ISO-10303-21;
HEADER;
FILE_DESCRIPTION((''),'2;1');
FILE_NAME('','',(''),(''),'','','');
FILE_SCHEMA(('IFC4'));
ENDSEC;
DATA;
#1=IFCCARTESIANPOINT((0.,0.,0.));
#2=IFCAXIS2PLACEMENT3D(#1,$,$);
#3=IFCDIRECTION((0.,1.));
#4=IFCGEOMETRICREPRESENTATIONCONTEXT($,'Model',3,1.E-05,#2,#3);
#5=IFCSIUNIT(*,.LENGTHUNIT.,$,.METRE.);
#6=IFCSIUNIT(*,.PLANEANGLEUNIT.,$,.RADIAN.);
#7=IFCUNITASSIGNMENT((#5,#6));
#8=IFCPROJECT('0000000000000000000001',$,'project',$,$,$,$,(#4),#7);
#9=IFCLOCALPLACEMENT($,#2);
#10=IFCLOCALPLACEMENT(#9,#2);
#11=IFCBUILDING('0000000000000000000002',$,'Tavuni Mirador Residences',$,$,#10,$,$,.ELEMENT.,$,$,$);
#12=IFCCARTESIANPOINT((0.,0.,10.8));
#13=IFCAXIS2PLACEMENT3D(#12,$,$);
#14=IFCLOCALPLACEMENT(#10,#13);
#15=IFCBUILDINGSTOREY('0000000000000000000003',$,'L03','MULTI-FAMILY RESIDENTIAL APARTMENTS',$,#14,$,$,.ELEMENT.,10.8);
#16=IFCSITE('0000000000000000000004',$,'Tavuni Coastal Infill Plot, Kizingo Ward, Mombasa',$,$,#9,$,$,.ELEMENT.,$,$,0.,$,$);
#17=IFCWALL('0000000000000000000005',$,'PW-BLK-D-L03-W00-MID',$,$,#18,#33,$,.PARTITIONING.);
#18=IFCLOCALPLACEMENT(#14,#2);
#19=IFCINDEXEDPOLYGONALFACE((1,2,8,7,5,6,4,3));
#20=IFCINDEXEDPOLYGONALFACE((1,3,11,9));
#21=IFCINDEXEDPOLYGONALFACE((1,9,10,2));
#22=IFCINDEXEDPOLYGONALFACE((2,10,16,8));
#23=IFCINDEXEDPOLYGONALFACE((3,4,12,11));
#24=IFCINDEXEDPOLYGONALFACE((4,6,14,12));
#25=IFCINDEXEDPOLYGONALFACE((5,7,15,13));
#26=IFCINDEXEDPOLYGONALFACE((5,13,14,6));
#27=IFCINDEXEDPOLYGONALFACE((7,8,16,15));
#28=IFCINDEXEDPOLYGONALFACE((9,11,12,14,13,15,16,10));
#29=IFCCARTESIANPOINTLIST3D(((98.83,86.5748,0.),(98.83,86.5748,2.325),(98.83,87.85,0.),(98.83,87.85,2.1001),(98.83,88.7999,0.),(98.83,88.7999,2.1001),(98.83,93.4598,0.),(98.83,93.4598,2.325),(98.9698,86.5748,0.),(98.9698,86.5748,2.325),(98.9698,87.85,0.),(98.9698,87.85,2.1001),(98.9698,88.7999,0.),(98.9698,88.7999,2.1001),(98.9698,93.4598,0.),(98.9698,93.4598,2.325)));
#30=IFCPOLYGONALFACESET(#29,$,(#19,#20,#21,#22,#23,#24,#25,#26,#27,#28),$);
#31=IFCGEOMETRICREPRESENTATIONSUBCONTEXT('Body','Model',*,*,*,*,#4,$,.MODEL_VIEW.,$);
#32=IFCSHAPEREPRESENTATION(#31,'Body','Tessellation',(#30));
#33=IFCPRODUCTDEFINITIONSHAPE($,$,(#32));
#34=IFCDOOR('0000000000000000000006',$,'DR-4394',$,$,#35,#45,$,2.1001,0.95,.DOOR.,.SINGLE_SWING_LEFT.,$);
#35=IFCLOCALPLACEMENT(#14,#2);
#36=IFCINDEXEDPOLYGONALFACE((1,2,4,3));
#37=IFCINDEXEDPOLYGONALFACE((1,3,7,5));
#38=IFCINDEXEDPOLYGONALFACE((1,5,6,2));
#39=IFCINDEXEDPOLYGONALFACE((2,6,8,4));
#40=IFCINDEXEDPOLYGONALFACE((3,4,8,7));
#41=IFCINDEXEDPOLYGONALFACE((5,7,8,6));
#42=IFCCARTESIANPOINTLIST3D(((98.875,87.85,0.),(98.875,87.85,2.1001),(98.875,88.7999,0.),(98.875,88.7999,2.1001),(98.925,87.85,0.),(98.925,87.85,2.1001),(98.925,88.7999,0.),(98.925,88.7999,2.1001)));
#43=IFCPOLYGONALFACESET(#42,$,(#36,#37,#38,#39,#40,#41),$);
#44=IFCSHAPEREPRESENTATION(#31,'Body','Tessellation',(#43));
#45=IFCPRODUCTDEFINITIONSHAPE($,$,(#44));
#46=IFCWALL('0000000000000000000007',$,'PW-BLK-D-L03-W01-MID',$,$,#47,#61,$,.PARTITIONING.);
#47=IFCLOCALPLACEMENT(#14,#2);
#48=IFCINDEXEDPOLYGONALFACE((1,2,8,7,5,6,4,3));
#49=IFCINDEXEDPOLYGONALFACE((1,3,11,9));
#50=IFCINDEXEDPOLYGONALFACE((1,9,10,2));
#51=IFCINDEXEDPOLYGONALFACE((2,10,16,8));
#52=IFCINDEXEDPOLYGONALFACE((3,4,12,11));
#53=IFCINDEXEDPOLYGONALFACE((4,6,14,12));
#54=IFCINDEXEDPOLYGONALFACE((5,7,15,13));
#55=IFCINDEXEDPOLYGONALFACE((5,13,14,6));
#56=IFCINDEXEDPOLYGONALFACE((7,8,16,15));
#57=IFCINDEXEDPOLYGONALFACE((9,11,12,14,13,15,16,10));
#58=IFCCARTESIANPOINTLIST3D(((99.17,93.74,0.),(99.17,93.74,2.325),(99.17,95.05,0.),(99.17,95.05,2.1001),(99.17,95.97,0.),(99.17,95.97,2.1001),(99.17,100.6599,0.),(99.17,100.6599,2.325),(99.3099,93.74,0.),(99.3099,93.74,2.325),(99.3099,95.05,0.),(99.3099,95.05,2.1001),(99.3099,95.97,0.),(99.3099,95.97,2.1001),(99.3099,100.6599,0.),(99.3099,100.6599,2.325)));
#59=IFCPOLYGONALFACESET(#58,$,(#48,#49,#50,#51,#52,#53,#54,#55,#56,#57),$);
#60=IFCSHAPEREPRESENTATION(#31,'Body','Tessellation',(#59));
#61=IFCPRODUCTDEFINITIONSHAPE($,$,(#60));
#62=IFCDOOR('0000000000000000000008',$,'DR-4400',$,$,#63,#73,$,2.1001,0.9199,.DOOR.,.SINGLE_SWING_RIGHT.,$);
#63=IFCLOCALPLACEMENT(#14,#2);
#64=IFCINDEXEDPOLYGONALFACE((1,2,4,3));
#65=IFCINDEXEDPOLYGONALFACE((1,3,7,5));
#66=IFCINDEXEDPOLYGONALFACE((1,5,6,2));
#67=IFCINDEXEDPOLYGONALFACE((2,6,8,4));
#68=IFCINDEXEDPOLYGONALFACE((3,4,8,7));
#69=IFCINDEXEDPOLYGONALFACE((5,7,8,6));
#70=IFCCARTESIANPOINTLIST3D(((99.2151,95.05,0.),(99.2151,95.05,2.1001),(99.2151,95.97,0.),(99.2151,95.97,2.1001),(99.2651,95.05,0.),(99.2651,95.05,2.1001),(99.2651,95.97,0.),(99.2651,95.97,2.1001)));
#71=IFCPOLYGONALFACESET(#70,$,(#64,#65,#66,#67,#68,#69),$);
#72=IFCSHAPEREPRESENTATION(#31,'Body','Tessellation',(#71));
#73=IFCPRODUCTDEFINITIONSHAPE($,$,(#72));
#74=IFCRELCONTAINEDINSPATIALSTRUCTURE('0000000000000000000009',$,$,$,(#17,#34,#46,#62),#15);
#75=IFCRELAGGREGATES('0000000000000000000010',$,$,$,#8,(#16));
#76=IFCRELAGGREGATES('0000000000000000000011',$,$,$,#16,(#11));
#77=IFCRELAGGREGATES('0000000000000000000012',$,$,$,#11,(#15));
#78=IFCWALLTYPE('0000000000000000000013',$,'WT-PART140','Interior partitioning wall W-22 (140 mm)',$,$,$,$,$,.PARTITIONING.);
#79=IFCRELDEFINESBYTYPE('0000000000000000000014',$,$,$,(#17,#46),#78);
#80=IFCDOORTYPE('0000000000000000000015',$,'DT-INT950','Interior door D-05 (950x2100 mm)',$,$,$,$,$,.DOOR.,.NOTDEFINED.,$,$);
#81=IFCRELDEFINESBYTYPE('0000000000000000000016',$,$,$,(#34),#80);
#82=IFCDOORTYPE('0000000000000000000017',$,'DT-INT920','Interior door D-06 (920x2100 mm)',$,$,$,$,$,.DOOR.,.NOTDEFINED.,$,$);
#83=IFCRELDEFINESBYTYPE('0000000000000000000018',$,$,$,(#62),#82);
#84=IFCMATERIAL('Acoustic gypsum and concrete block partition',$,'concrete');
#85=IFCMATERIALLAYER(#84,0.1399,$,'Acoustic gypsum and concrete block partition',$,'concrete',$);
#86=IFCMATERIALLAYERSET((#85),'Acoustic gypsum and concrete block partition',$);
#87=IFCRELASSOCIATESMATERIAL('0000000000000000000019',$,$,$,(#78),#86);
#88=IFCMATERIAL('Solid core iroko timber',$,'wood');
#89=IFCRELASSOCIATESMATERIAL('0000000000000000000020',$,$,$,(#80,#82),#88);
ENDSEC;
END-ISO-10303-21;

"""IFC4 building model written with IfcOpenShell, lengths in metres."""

from ifc_helpers import new_model, si_unit, direction, frame, frame_2d, origin, place, context, subcontext, project, spatial, rectangle, extrude, material, layer, layer_set, type_object, element, fill, save


model = new_model("IFC4")

# Units and contexts
model_context = context("Model", 3, precision=1e-05, world=origin(), true_north=direction((0.0, 1.0)))
body_context = subcontext(model_context, "Body", "Model", "MODEL_VIEW")
ifc_project = project(units=[si_unit("LENGTHUNIT", "METRE"), si_unit("PLANEANGLEUNIT", "RADIAN")], contexts=[model_context])

# Site, building, storey
site_placement = place(None, origin())
site = spatial("IfcSite", under=ifc_project, at=site_placement, Name="Tavuni Coastal Infill Plot, Kizingo Ward, Mombasa", CompositionType="ELEMENT", RefElevation=0.0)
building_placement = place(site_placement, origin())
building = spatial("IfcBuilding", under=site, at=building_placement, Name="Tavuni Mirador Residences", CompositionType="ELEMENT")
storey_placement = place(building_placement, frame((0.0, 0.0, 10.8)))
storey = spatial("IfcBuildingStorey", under=building, at=storey_placement, Name="L03", Description="MULTI-FAMILY RESIDENTIAL APARTMENTS", CompositionType="ELEMENT", Elevation=10.8)

# Walls, openings, doors
ifc_material_1 = material(Name="Solid core iroko timber", Category="wood")
ifc_material_2 = material(Name="Acoustic gypsum and concrete block partition", Category="concrete")
ifc_layer_1 = layer(ifc_material_2, 0.1399, Name="Acoustic gypsum and concrete block partition", Category="concrete")
ifc_layer_set_1 = layer_set([ifc_layer_1], Name="Acoustic gypsum and concrete block partition")
wall_type_1 = type_object("IfcWallType", Name="WT-PART140", Description="Interior partitioning wall W-22 (140 mm)", PredefinedType="PARTITIONING", material=ifc_layer_set_1)
wall_1_placement = place(storey_placement, frame((98.8999, 86.575, 0.0), z_axis=(0.0, 0.0, 1.0), x_axis=(0.0, 1.0, 0.0)))
wall_1 = element("IfcWall", 1, at=wall_1_placement, inside=storey, type_object=wall_type_1, Name="PW-BLK-D-L03-W00-MID", PredefinedType="PARTITIONING", context=body_context, shape_type="SweptSolid", body=[
    extrude(rectangle(XDim=6.885, YDim=0.1399, at=frame_2d((3.4424, 0.0))), origin(), (0.0, 0.0, 1.0), 2.325),
])
opening_1_placement = place(wall_1_placement, frame((1.2749, 0.0, 0.0)))
opening_1 = element("IfcOpeningElement", 2, at=opening_1_placement, cuts=wall_1, PredefinedType="OPENING", context=body_context, shape_type="SweptSolid", body=[
    extrude(rectangle(XDim=0.95, YDim=2.1001, at=frame_2d((0.4751, 1.05))), frame((0.0, 0.0801, 0.0), z_axis=(0.0, -1.0, 0.0), x_axis=(1.0, 0.0, 0.0)), (0.0, 0.0, 1.0), 0.1599),
])
door_type_1 = type_object("IfcDoorType", Name="DT-INT950", Description="Interior door D-05 (950x2100 mm)", OperationType="NOTDEFINED", PredefinedType="DOOR", material=ifc_material_1)
door_1_placement = place(opening_1_placement, origin())
door_1 = element("IfcDoor", 3, at=door_1_placement, inside=storey, type_object=door_type_1, Name="DR-4394", OperationType="SINGLE_SWING_LEFT", OverallHeight=2.1001, OverallWidth=0.95, PredefinedType="DOOR", context=body_context, shape_type="SweptSolid", body=[
    extrude(rectangle(XDim=0.95, YDim=2.1001, at=frame_2d((0.4751, 1.05))), frame((0.0, 0.0249, 0.0), z_axis=(0.0, -1.0, 0.0), x_axis=(1.0, 0.0, 0.0)), (0.0, 0.0, 1.0), 0.05),
])
fill(opening_1, door_1)
wall_2_placement = place(storey_placement, frame((99.24, 93.74, 0.0), z_axis=(0.0, 0.0, 1.0), x_axis=(0.0, 1.0, 0.0)))
wall_2 = element("IfcWall", 4, at=wall_2_placement, inside=storey, type_object=wall_type_1, Name="PW-BLK-D-L03-W01-MID", PredefinedType="PARTITIONING", context=body_context, shape_type="SweptSolid", body=[
    extrude(rectangle(XDim=6.9199, YDim=0.1399, at=frame_2d((3.46, 0.0))), origin(), (0.0, 0.0, 1.0), 2.325),
])
opening_2_placement = place(wall_2_placement, frame((1.3101, 0.0, 0.0)))
opening_2 = element("IfcOpeningElement", 5, at=opening_2_placement, cuts=wall_2, PredefinedType="OPENING", context=body_context, shape_type="SweptSolid", body=[
    extrude(rectangle(XDim=0.9199, YDim=2.1001, at=frame_2d((0.46, 1.05))), frame((0.0, 0.0801, 0.0), z_axis=(0.0, -1.0, 0.0), x_axis=(1.0, 0.0, 0.0)), (0.0, 0.0, 1.0), 0.1599),
])
door_type_2 = type_object("IfcDoorType", Name="DT-INT920", Description="Interior door D-06 (920x2100 mm)", OperationType="NOTDEFINED", PredefinedType="DOOR", material=ifc_material_1)
door_2_placement = place(opening_2_placement, origin())
door_2 = element("IfcDoor", 6, at=door_2_placement, inside=storey, type_object=door_type_2, Name="DR-4400", OperationType="SINGLE_SWING_RIGHT", OverallHeight=2.1001, OverallWidth=0.9199, PredefinedType="DOOR", context=body_context, shape_type="SweptSolid", body=[
    extrude(rectangle(XDim=0.9199, YDim=2.1001, at=frame_2d((0.46, 1.05))), frame((0.0, 0.0249, 0.0), z_axis=(0.0, -1.0, 0.0), x_axis=(1.0, 0.0, 0.0)), (0.0, 0.0, 1.0), 0.05),
])
fill(opening_2, door_2)

save(model, "model.ifc")
